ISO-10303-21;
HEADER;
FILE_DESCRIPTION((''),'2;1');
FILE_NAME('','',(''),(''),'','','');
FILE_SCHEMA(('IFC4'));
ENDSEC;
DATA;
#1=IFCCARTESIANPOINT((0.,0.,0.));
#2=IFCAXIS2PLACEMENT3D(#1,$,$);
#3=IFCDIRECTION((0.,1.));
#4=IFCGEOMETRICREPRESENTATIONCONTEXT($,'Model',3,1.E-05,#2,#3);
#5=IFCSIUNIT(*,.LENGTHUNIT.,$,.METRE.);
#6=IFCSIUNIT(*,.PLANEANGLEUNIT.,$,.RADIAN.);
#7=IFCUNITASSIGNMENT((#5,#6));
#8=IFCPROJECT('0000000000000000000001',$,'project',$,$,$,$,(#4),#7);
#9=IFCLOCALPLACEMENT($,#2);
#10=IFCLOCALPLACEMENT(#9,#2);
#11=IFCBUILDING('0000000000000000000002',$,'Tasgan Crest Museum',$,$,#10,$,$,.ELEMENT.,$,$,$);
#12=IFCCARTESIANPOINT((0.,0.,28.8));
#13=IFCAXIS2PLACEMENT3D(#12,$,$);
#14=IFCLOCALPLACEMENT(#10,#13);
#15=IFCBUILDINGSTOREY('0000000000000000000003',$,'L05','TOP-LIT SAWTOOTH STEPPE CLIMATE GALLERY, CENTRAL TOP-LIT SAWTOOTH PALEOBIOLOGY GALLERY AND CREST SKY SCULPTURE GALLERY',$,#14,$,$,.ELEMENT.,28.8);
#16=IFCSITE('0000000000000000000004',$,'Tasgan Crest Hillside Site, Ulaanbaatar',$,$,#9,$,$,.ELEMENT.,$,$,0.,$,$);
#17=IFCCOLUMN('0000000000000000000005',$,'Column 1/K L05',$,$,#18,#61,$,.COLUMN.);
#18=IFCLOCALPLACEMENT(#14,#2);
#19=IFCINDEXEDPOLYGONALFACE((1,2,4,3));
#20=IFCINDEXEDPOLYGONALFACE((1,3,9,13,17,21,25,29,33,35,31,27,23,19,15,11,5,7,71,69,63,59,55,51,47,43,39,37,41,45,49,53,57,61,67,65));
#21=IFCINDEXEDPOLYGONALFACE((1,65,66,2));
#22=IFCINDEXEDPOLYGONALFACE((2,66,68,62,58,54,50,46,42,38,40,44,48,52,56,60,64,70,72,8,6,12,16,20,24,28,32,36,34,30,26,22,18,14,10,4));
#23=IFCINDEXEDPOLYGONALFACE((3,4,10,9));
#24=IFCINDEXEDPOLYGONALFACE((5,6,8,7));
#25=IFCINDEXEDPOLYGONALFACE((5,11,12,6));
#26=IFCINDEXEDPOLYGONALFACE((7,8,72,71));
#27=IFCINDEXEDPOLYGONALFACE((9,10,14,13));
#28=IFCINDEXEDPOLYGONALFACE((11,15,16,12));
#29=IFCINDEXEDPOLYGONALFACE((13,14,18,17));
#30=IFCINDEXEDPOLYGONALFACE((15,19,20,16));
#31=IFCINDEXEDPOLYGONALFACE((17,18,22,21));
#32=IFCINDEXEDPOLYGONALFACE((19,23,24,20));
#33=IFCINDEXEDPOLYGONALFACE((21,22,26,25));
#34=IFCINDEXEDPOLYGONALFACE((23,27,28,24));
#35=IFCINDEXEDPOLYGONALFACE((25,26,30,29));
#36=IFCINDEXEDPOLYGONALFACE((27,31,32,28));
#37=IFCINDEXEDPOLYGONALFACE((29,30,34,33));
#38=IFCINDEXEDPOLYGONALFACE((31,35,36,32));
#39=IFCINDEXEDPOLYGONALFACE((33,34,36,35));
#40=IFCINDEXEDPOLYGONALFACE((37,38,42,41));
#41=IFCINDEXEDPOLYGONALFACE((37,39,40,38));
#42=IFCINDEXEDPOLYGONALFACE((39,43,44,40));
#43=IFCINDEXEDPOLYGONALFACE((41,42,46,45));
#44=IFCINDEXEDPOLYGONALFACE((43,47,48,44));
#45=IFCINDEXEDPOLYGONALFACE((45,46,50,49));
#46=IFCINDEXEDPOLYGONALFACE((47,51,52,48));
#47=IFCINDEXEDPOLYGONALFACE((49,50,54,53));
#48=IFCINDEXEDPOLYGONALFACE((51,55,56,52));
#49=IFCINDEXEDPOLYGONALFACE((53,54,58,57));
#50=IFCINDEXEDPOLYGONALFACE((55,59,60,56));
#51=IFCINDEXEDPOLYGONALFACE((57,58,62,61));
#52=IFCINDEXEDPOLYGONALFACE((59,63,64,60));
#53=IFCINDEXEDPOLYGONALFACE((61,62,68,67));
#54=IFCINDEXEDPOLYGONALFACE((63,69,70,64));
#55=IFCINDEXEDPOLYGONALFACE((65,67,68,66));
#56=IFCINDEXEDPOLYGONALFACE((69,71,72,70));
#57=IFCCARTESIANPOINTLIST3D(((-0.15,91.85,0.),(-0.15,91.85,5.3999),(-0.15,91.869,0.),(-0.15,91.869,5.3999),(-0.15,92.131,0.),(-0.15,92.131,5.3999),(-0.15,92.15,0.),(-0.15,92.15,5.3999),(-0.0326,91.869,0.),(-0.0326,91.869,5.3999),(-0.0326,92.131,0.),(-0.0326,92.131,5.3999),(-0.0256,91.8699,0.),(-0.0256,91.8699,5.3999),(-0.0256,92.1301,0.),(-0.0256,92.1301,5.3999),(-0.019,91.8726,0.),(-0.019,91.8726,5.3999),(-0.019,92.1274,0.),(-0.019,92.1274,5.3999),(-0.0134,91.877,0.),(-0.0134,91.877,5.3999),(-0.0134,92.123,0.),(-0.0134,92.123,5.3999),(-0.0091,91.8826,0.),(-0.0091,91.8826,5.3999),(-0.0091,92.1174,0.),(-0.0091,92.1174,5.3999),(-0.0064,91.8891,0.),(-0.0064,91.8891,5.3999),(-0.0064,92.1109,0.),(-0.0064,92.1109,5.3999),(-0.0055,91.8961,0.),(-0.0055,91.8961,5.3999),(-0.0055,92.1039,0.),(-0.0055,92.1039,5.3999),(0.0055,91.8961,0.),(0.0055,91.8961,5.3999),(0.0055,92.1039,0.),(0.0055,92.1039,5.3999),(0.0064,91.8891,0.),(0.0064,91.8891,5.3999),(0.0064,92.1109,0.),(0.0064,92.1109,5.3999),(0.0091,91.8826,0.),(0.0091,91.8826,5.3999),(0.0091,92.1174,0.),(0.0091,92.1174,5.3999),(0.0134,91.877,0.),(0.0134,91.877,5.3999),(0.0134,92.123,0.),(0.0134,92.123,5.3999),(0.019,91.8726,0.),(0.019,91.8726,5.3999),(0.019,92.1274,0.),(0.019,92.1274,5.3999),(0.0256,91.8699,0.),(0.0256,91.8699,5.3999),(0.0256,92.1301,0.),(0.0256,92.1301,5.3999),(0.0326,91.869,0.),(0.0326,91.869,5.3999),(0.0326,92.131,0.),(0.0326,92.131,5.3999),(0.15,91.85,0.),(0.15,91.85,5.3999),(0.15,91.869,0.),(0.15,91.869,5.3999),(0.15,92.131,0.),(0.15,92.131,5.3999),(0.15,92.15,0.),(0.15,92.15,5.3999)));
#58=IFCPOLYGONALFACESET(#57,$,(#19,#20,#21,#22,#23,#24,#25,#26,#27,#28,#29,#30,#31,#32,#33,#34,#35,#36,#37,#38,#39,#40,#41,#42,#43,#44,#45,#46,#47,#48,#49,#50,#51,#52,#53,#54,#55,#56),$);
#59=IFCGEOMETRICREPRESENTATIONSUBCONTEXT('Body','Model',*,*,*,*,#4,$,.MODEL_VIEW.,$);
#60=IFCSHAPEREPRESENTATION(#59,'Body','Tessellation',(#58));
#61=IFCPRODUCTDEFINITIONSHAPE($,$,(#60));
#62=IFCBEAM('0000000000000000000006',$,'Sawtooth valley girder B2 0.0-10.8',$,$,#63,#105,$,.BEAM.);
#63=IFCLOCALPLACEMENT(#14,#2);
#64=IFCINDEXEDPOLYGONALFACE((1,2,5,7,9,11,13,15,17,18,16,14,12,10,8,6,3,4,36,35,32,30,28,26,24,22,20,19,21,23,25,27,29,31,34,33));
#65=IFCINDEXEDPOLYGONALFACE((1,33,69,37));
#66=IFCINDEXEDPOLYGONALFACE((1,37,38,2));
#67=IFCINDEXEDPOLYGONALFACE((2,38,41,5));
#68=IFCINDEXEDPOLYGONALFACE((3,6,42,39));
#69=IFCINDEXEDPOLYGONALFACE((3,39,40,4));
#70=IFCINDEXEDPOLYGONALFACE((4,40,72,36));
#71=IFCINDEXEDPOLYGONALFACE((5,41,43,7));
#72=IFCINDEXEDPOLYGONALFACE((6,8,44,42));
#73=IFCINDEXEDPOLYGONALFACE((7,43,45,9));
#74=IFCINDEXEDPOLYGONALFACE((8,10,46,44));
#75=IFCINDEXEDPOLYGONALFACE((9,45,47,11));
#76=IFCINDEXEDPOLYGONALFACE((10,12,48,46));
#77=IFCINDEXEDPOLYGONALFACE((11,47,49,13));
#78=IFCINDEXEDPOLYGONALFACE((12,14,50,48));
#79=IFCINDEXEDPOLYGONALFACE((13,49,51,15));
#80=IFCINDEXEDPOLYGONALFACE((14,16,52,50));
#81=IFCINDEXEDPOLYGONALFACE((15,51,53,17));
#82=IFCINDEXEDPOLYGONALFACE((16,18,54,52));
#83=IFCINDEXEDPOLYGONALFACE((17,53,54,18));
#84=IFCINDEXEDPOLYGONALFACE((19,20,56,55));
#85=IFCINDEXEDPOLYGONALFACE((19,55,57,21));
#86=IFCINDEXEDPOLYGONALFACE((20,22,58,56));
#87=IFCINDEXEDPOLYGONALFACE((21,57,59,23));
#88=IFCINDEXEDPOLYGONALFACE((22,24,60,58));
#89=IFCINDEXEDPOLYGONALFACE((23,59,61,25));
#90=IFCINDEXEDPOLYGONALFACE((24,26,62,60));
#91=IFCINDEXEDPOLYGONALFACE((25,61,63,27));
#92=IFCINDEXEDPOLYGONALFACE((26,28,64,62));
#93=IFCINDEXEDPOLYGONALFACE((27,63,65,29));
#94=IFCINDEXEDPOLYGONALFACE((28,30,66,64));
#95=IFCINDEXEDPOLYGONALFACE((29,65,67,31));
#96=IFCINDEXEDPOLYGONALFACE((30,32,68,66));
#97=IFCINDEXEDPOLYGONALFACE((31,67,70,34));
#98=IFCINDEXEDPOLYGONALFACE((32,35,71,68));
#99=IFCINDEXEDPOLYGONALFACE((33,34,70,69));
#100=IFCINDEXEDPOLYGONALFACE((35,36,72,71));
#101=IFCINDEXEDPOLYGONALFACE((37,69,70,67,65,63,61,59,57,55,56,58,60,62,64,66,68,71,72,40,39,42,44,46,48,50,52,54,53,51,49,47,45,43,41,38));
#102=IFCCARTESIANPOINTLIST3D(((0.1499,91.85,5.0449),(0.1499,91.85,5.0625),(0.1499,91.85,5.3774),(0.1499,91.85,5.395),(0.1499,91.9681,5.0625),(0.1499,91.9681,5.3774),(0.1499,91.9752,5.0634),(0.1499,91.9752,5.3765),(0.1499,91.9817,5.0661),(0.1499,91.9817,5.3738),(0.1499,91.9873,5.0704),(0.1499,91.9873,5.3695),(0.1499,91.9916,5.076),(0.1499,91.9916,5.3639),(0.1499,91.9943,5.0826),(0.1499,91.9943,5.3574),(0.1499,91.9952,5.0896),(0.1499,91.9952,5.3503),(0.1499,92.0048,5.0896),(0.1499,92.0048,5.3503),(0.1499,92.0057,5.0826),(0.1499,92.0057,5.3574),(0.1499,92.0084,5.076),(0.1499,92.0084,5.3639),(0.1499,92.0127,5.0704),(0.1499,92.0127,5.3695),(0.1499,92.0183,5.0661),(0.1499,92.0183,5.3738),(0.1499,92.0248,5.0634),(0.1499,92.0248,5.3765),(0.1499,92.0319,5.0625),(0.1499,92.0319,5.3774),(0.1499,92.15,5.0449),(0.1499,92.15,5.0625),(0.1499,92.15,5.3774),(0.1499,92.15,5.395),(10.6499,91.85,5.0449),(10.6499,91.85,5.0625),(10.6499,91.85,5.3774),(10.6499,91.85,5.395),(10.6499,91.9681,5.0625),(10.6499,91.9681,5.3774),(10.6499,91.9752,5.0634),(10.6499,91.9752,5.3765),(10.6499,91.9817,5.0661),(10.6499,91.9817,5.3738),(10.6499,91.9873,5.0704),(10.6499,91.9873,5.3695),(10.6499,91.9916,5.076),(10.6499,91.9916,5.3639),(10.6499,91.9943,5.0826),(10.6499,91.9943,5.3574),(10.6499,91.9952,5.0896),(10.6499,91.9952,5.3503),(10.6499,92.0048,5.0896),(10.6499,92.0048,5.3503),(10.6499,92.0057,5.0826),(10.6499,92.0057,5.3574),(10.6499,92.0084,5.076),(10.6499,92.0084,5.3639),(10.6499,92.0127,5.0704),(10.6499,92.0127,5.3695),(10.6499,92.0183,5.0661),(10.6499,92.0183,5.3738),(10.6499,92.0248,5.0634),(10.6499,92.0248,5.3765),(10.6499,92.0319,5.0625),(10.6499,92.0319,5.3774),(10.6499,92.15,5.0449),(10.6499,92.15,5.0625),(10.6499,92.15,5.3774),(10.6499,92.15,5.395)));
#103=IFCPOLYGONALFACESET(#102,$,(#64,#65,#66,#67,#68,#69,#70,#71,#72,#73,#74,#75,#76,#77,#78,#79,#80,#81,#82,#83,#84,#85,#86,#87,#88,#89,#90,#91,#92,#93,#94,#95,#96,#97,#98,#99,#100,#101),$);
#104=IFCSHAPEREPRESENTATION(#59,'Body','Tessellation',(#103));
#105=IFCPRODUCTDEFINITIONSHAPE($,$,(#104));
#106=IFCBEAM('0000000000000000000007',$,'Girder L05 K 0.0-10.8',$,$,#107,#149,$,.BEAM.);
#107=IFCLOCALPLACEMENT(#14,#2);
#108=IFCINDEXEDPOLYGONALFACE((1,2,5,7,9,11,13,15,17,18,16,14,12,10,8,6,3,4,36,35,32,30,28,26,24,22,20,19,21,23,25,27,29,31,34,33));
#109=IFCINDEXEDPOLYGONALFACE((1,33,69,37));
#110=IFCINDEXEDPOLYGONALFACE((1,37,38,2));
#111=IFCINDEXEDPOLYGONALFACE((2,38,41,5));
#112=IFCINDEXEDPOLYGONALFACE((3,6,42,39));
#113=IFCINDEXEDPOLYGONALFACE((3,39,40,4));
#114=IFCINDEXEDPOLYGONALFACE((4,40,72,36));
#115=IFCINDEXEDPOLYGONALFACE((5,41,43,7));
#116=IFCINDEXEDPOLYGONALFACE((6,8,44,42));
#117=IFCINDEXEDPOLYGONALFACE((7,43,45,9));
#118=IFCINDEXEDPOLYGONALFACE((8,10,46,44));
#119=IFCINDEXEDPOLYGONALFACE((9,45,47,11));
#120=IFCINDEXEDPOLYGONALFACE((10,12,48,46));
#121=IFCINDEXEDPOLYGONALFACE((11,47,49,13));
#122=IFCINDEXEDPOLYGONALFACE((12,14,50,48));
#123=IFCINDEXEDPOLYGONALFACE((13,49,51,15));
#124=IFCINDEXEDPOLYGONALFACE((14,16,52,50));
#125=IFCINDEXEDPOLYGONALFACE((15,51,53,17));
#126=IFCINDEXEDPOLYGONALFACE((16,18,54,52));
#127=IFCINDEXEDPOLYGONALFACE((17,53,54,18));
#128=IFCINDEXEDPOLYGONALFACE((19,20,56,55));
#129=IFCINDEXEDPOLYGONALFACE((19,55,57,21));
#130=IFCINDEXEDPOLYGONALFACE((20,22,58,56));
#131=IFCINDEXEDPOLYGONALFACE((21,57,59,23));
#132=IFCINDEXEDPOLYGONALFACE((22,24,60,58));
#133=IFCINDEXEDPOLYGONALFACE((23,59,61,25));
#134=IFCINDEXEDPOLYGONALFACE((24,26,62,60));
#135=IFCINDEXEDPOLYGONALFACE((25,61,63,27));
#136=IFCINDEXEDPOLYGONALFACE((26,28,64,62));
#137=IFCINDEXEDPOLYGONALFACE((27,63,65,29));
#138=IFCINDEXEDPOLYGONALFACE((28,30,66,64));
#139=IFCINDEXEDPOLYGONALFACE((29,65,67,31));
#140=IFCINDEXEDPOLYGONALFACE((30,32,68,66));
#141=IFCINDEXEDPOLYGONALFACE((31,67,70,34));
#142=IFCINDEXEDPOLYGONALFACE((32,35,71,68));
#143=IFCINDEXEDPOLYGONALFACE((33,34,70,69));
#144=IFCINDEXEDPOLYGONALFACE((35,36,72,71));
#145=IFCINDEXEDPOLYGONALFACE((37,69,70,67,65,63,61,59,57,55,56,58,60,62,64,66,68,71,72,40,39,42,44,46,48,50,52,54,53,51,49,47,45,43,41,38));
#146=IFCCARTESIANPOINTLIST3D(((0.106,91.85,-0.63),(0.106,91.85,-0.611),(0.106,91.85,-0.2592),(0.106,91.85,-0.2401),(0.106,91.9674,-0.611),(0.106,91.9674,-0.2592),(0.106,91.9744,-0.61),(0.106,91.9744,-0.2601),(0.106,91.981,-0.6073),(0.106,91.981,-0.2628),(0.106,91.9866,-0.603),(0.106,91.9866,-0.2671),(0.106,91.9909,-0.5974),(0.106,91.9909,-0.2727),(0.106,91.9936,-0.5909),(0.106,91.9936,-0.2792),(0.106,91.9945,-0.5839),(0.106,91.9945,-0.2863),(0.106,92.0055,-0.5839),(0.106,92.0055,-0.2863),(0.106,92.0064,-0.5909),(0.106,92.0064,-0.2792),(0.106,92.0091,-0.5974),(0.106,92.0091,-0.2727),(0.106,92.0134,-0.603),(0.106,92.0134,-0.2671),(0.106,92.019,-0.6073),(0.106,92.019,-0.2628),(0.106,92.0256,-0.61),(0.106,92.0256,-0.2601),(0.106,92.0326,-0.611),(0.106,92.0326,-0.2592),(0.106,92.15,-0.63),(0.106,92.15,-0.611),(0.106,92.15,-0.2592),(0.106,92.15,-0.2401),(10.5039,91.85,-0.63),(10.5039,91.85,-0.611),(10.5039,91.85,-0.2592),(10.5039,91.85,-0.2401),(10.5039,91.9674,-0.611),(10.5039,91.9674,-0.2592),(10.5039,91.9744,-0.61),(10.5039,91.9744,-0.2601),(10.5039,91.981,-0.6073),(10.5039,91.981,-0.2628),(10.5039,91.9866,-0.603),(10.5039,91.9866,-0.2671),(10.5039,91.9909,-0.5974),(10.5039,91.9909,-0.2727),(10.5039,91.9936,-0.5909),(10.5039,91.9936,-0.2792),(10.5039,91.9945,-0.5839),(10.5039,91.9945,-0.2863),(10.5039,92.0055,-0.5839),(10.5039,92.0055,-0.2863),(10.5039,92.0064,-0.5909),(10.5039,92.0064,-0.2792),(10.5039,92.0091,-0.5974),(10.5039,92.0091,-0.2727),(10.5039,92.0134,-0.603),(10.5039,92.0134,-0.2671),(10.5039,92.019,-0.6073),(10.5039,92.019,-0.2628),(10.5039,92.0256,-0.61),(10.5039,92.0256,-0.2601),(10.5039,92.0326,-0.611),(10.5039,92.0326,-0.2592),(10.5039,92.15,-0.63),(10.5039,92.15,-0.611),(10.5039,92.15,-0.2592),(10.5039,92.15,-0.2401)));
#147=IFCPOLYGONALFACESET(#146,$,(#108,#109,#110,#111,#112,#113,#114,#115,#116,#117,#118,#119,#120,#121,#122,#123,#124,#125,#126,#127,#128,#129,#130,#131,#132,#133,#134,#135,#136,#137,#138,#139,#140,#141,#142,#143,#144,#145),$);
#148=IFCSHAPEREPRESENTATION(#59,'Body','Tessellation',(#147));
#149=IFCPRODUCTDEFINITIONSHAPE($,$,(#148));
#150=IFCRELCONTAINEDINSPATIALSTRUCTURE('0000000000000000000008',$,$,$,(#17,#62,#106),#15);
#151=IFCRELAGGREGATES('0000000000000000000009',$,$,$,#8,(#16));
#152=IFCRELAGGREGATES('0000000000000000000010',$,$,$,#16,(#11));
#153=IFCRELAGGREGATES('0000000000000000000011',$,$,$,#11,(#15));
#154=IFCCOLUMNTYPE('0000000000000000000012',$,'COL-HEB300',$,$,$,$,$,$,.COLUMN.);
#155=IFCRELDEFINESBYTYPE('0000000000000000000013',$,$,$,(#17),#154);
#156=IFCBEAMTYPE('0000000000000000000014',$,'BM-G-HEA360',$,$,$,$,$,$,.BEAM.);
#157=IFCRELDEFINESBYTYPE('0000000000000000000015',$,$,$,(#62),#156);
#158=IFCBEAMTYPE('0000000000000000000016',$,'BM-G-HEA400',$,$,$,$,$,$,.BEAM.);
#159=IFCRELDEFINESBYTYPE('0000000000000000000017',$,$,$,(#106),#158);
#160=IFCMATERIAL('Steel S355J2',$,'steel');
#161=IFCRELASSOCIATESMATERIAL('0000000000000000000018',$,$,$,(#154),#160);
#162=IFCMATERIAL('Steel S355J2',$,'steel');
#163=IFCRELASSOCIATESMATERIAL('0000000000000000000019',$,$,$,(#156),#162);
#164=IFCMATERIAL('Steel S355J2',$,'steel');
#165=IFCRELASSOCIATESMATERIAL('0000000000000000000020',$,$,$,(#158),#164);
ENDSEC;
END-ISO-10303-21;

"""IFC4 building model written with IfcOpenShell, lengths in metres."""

from ifc_helpers import new_model, si_unit, direction, frame, origin, origin_2d, place, context, subcontext, project, spatial, i_section, extrude, material, material_profile, profile_set, type_object, element, save


model = new_model("IFC4")

# Units and contexts
model_context = context("Model", 3, precision=1e-05, world=origin(), true_north=direction((0.0, 1.0)))
body_context = subcontext(model_context, "Body", "Model", "MODEL_VIEW")
ifc_project = project(units=[si_unit("LENGTHUNIT", "METRE"), si_unit("PLANEANGLEUNIT", "RADIAN")], contexts=[model_context])

# Site, building, storey
site_placement = place(None, origin())
site = spatial("IfcSite", under=ifc_project, at=site_placement, Name="Tasgan Crest Hillside Site, Ulaanbaatar", CompositionType="ELEMENT", RefElevation=0.0)
building_placement = place(site_placement, origin())
building = spatial("IfcBuilding", under=site, at=building_placement, Name="Tasgan Crest Museum", CompositionType="ELEMENT")
storey_placement = place(building_placement, frame((0.0, 0.0, 28.8)))
storey = spatial("IfcBuildingStorey", under=building, at=storey_placement, Name="L05", Description="TOP-LIT SAWTOOTH STEPPE CLIMATE GALLERY, CENTRAL TOP-LIT SAWTOOTH PALEOBIOLOGY GALLERY AND CREST SKY SCULPTURE GALLERY", CompositionType="ELEMENT", Elevation=28.8)

# Column
ifc_material_1 = material(Name="Steel S355J2", Category="steel")
ifc_material_profile_1 = material_profile(ifc_material_1, i_section(OverallWidth=0.3, OverallDepth=0.3, WebThickness=0.011, FlangeThickness=0.019, FilletRadius=0.0271, at=origin_2d()), Name="HEB 300")
ifc_profile_set_1 = profile_set([ifc_material_profile_1], Name="Steel S355J2")
column_type = type_object("IfcColumnType", Name="COL-HEB300", PredefinedType="COLUMN", material=ifc_profile_set_1)
column_placement = place(storey_placement, frame((0.0, 92.0, 0.0), z_axis=(0.0, 0.0, 1.0), x_axis=(1.0, 0.0, 0.0)))
element("IfcColumn", 1, at=column_placement, inside=storey, type_object=column_type, Name="Column 1/K L05", PredefinedType="COLUMN", context=body_context, shape_type="SweptSolid", body=[
    extrude(i_section(OverallWidth=0.3, OverallDepth=0.3, WebThickness=0.011, FlangeThickness=0.019, FilletRadius=0.0271, at=origin_2d()), origin(), (0.0, 0.0, 1.0), 5.3999),
])

# Beams
ifc_material_2 = material(Name="Steel S355J2", Category="steel")
ifc_material_profile_2 = material_profile(ifc_material_2, i_section(OverallWidth=0.3, OverallDepth=0.3501, WebThickness=0.0095, FlangeThickness=0.0176, FilletRadius=0.0271, at=origin_2d()), Name="HEA 360")
ifc_profile_set_2 = profile_set([ifc_material_profile_2], Name="Steel S355J2")
beam_type_1 = type_object("IfcBeamType", Name="BM-G-HEA360", PredefinedType="BEAM", material=ifc_profile_set_2)
beam_1_placement = place(storey_placement, frame((0.1499, 92.0, 5.22), z_axis=(1.0, 0.0, 0.0), x_axis=(0.0, 1.0, 0.0)))
element("IfcBeam", 2, at=beam_1_placement, inside=storey, type_object=beam_type_1, Name="Sawtooth valley girder B2 0.0-10.8", PredefinedType="BEAM", context=body_context, shape_type="SweptSolid", body=[
    extrude(i_section(OverallWidth=0.3, OverallDepth=0.3501, WebThickness=0.0095, FlangeThickness=0.0176, FilletRadius=0.0271, at=origin_2d()), origin(), (0.0, 0.0, 1.0), 10.5),
])
ifc_material_3 = material(Name="Steel S355J2", Category="steel")
ifc_material_profile_3 = material_profile(ifc_material_3, i_section(OverallWidth=0.3, OverallDepth=0.3899, WebThickness=0.011, FlangeThickness=0.019, FilletRadius=0.0271, at=origin_2d()), Name="HEA 400")
ifc_profile_set_3 = profile_set([ifc_material_profile_3], Name="Steel S355J2")
beam_type_2 = type_object("IfcBeamType", Name="BM-G-HEA400", PredefinedType="BEAM", material=ifc_profile_set_3)
beam_2_placement = place(storey_placement, frame((0.106, 92.0, -0.4351), z_axis=(1.0, 0.0, 0.0), x_axis=(0.0, 1.0, 0.0)))
element("IfcBeam", 3, at=beam_2_placement, inside=storey, type_object=beam_type_2, Name="Girder L05 K 0.0-10.8", PredefinedType="BEAM", context=body_context, shape_type="SweptSolid", body=[
    extrude(i_section(OverallWidth=0.3, OverallDepth=0.3899, WebThickness=0.011, FlangeThickness=0.019, FilletRadius=0.0271, at=origin_2d()), origin(), (0.0, 0.0, 1.0), 10.3979),
])

save(model, "model.ifc")
